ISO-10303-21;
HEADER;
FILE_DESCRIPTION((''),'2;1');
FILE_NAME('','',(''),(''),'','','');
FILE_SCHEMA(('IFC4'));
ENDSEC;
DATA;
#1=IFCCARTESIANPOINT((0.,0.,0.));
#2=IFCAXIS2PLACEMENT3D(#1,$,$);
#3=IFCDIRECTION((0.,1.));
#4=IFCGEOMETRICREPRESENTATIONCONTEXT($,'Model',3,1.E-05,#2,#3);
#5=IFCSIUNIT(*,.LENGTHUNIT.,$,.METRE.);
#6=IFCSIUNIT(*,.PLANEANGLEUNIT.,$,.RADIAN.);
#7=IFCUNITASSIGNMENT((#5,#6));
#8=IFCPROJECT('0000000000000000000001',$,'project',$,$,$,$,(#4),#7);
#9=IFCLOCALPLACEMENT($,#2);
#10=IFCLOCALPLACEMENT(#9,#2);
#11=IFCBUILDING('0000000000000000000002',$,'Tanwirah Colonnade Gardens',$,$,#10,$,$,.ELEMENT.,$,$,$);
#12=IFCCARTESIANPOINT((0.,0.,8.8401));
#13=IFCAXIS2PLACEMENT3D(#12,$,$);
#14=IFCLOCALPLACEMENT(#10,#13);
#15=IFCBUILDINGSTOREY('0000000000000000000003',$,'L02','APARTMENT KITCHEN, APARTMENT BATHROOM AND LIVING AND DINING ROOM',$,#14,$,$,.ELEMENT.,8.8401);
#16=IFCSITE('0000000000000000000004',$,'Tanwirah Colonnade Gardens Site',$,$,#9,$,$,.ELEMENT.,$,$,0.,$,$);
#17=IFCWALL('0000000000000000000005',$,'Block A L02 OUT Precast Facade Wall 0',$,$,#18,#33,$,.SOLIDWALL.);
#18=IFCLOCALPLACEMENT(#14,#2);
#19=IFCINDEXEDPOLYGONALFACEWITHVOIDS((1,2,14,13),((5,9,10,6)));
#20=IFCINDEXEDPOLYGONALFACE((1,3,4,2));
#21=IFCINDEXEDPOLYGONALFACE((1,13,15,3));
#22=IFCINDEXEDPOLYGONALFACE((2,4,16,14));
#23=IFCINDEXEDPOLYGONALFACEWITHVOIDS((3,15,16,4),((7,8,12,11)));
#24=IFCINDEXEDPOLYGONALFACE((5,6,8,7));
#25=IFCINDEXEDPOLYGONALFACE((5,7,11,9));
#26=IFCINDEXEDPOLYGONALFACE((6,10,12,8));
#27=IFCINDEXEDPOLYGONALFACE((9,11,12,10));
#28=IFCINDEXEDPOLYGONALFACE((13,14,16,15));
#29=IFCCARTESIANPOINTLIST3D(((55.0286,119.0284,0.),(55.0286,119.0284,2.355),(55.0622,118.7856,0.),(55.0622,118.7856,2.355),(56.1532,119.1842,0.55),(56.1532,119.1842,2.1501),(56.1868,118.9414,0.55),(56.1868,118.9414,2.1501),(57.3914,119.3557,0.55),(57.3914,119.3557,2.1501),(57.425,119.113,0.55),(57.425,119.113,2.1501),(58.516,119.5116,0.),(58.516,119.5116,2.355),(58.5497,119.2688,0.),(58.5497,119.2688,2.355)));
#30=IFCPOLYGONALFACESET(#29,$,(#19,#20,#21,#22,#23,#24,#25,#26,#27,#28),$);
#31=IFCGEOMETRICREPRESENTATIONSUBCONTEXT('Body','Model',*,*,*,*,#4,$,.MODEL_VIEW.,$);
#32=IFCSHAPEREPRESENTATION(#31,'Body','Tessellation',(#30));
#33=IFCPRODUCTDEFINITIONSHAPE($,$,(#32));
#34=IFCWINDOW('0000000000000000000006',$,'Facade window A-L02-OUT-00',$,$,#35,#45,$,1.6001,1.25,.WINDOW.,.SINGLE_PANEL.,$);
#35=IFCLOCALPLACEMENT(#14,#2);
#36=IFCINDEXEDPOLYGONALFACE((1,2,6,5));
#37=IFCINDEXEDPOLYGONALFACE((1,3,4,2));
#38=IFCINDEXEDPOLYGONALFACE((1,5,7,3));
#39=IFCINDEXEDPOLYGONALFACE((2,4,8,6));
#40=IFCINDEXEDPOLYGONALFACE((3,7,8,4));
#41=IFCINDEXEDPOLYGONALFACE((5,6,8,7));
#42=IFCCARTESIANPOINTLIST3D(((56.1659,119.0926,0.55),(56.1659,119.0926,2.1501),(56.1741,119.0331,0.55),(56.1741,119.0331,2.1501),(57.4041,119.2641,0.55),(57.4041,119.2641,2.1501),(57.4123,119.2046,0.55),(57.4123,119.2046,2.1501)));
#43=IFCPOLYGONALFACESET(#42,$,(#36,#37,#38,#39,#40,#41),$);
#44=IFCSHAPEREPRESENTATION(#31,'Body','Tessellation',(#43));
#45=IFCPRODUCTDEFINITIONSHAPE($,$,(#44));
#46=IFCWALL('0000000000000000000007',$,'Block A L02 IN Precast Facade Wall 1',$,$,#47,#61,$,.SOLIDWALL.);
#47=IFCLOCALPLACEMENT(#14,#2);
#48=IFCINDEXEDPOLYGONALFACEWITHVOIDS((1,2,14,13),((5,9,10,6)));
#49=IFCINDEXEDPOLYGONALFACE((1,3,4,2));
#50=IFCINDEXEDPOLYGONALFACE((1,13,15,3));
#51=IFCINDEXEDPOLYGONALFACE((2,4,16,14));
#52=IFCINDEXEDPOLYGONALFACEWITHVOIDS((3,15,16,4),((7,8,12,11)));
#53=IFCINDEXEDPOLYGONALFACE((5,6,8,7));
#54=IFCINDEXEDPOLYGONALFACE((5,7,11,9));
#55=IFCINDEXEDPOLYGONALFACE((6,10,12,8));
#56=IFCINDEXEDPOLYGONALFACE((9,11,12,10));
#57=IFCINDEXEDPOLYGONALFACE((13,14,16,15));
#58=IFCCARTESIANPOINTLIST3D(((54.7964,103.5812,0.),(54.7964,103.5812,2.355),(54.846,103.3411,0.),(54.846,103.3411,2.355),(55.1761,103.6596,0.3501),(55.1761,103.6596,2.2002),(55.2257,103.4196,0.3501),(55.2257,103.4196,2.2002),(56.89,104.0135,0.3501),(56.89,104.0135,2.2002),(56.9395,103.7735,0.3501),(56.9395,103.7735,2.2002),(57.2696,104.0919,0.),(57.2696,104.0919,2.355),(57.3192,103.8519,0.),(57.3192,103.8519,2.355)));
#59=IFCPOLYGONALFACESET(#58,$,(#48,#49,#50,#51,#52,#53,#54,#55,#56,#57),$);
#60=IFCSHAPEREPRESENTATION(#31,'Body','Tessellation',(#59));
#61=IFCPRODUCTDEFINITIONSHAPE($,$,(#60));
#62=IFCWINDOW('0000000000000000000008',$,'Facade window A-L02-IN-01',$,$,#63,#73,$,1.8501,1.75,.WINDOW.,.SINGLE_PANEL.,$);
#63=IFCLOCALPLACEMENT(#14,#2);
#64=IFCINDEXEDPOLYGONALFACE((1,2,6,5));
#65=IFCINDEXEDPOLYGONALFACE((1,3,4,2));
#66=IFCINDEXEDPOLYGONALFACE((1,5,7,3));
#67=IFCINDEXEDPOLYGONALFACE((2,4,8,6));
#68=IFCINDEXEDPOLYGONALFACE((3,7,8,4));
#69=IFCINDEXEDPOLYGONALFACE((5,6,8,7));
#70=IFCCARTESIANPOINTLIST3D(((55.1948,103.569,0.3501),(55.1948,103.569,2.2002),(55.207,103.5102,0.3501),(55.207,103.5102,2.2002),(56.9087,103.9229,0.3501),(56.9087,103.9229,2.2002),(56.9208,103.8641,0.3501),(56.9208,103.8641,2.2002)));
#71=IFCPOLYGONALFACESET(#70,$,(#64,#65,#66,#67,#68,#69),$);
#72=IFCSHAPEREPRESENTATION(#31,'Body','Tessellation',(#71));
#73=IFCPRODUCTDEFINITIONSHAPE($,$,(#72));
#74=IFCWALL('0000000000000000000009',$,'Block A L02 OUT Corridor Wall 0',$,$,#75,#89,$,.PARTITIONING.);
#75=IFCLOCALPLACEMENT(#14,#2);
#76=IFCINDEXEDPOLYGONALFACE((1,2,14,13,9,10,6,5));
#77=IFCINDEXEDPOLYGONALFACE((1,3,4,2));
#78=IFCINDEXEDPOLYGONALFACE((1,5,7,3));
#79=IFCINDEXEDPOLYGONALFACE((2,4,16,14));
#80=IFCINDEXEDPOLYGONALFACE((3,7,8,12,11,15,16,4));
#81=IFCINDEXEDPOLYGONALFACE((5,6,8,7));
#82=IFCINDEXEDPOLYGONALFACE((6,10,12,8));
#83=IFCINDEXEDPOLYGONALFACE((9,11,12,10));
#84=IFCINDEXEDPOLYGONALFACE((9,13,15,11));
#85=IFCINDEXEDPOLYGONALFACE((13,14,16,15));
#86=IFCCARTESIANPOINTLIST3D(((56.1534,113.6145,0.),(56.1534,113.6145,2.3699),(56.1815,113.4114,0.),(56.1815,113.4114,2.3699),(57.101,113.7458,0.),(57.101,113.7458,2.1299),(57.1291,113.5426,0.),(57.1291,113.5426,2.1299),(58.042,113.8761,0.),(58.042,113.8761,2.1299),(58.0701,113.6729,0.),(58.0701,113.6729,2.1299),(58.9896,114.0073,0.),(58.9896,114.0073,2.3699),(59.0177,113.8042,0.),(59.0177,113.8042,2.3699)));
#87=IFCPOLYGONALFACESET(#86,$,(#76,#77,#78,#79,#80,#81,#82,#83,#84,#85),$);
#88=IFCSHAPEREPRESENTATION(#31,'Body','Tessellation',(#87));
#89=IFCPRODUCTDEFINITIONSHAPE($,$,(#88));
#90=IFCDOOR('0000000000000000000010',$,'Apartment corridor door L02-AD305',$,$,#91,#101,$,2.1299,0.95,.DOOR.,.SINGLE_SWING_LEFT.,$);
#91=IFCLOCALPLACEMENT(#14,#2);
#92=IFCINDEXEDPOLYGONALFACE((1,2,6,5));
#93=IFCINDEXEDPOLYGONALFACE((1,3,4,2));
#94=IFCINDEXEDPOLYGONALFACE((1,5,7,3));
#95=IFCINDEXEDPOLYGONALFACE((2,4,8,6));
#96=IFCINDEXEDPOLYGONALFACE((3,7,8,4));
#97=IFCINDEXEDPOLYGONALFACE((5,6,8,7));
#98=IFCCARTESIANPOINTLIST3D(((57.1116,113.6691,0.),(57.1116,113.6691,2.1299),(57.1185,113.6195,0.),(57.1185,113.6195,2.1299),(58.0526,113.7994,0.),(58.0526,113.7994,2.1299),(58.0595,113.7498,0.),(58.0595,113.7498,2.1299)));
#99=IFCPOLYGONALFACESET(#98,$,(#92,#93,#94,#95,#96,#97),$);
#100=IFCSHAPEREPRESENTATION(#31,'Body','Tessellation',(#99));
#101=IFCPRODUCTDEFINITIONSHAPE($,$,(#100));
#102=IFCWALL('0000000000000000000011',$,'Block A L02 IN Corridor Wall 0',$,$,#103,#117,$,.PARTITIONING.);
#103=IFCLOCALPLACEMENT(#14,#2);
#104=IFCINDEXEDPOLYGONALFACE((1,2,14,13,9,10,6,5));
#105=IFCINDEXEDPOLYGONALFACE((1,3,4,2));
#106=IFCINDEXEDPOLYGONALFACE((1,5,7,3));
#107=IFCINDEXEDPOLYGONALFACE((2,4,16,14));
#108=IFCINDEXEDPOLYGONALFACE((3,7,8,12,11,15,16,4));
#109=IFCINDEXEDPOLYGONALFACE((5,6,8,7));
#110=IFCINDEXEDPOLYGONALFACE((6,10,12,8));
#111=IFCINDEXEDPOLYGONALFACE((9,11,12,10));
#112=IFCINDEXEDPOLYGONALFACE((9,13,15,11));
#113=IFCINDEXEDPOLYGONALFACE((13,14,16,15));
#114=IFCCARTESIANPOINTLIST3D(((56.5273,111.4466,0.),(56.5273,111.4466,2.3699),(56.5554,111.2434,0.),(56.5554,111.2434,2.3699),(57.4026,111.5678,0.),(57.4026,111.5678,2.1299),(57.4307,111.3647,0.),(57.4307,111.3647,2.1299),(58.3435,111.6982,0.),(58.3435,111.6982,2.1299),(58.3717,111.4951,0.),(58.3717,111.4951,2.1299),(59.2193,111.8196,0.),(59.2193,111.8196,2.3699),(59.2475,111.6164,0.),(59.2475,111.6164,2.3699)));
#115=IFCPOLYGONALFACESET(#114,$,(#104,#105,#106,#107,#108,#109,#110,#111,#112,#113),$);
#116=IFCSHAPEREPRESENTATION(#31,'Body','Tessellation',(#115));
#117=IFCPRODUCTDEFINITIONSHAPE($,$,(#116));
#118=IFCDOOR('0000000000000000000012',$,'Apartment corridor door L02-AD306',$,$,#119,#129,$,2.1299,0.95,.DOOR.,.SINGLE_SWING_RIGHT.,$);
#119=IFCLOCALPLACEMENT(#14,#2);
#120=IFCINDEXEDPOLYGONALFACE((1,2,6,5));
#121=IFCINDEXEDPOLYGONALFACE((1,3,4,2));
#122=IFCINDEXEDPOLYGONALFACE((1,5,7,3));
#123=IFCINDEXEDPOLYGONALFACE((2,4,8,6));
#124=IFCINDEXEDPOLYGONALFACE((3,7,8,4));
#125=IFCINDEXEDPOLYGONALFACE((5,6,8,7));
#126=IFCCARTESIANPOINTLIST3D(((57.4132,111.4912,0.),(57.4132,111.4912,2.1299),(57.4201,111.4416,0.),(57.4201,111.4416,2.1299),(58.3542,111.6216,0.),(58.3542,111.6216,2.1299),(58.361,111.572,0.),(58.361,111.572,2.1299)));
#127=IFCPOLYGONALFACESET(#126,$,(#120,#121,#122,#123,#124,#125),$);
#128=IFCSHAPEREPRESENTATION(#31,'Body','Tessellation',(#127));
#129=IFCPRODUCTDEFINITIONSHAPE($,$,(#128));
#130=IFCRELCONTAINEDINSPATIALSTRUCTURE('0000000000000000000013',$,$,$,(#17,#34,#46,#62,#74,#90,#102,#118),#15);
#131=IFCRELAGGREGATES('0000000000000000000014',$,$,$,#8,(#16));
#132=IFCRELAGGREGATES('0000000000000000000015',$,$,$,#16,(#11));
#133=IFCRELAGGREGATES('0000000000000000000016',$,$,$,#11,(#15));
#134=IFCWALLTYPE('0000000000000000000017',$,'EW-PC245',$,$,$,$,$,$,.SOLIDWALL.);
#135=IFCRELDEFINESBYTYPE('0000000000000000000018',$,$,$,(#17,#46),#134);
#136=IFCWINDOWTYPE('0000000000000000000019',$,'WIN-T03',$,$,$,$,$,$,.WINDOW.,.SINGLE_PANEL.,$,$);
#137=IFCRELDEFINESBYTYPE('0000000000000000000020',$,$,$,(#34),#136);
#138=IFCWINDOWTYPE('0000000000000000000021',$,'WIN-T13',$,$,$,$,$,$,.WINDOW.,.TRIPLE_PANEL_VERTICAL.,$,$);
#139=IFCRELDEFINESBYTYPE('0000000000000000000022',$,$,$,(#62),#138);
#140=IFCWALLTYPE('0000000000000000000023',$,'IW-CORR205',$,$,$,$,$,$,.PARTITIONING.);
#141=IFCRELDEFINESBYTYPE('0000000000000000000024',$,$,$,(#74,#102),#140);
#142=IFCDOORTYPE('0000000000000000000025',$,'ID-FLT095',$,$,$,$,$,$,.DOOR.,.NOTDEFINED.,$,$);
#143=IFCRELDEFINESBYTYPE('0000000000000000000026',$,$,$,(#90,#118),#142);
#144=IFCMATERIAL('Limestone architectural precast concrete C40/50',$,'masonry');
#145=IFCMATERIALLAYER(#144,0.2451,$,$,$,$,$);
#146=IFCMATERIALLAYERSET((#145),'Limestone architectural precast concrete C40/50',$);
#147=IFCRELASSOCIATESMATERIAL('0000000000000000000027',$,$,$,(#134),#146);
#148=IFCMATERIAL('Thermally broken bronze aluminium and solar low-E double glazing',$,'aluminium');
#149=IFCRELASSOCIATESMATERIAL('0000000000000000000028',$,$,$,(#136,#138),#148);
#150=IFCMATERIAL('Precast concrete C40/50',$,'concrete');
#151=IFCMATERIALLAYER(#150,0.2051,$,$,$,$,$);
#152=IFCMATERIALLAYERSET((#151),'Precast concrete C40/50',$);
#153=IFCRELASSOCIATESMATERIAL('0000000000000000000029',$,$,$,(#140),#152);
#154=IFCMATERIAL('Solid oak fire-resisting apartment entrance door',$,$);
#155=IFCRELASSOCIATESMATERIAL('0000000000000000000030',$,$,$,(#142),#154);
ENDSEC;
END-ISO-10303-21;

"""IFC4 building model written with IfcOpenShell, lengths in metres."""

from ifc_helpers import new_model, si_unit, direction, frame, frame_2d, origin, place, context, subcontext, project, spatial, rectangle, extrude, material, layer, layer_set, type_object, element, fill, save


model = new_model("IFC4")

# Units and contexts
model_context = context("Model", 3, precision=1e-05, world=origin(), true_north=direction((0.0, 1.0)))
body_context = subcontext(model_context, "Body", "Model", "MODEL_VIEW")
ifc_project = project(units=[si_unit("LENGTHUNIT", "METRE"), si_unit("PLANEANGLEUNIT", "RADIAN")], contexts=[model_context])

# Site, building, storey
site_placement = place(None, origin())
site = spatial("IfcSite", under=ifc_project, at=site_placement, Name="Tanwirah Colonnade Gardens Site", CompositionType="ELEMENT", RefElevation=0.0)
building_placement = place(site_placement, origin())
building = spatial("IfcBuilding", under=site, at=building_placement, Name="Tanwirah Colonnade Gardens", CompositionType="ELEMENT")
storey_placement = place(building_placement, frame((0.0, 0.0, 8.8401)))
storey = spatial("IfcBuildingStorey", under=building, at=storey_placement, Name="L02", Description="APARTMENT KITCHEN, APARTMENT BATHROOM AND LIVING AND DINING ROOM", CompositionType="ELEMENT", Elevation=8.8401)

# Shared definitions
ifc_material_1 = material(Name="Precast concrete C40/50", Category="concrete")

# Walls, openings, windows
ifc_material_2 = material(Name="Limestone architectural precast concrete C40/50", Category="masonry")
ifc_layer_1 = layer(ifc_material_2, 0.2451)
ifc_layer_set_1 = layer_set([ifc_layer_1], Name="Limestone architectural precast concrete C40/50")
wall_type_1 = type_object("IfcWallType", Name="EW-PC245", PredefinedType="SOLIDWALL", material=ifc_layer_set_1)
wall_1_placement = place(storey_placement, frame((58.5327, 119.3901, 0.0), z_axis=(0.0, 0.0, 1.0), x_axis=(-0.99054, -0.137226, 0.0)))
wall_1 = element("IfcWall", 1, at=wall_1_placement, inside=storey, type_object=wall_type_1, Name="Block A L02 OUT Precast Facade Wall 0", PredefinedType="SOLIDWALL", context=body_context, shape_type="SweptSolid", body=[
    extrude(rectangle(XDim=3.5208, YDim=0.2451, at=frame_2d((1.7603, 0.0))), origin(), (0.0, 0.0, 1.0), 2.355),
])
opening_1_placement = place(wall_1_placement, frame((1.1353, 0.0, 0.55)))
opening_1 = element("IfcOpeningElement", 2, at=opening_1_placement, cuts=wall_1, PredefinedType="OPENING", context=body_context, shape_type="SweptSolid", body=[
    extrude(rectangle(XDim=1.25, YDim=1.6001, at=frame_2d((0.625, 0.8))), frame((0.0, 0.1326, 0.0), z_axis=(0.0, -1.0, 0.0), x_axis=(1.0, 0.0, 0.0)), (0.0, 0.0, 1.0), 0.2651),
])
ifc_material_3 = material(Name="Thermally broken bronze aluminium and solar low-E double glazing", Category="aluminium")
window_type_1 = type_object("IfcWindowType", Name="WIN-T03", PartitioningType="SINGLE_PANEL", PredefinedType="WINDOW", material=ifc_material_3)
window_1_placement = place(opening_1_placement, origin())
window_1 = element("IfcWindow", 3, at=window_1_placement, inside=storey, type_object=window_type_1, Name="Facade window A-L02-OUT-00", OverallHeight=1.6001, OverallWidth=1.25, PartitioningType="SINGLE_PANEL", PredefinedType="WINDOW", context=body_context, shape_type="SweptSolid", body=[
    extrude(rectangle(XDim=1.25, YDim=1.6001, at=frame_2d((0.625, 0.8))), frame((0.0, 0.03, 0.0), z_axis=(0.0, -1.0, 0.0), x_axis=(1.0, 0.0, 0.0)), (0.0, 0.0, 1.0), 0.0601),
])
fill(opening_1, window_1)
wall_2_placement = place(storey_placement, frame((57.2944, 103.9719, 0.0), z_axis=(0.0, 0.0, 1.0), x_axis=(-0.979334, -0.202248, 0.0)))
wall_2 = element("IfcWall", 4, at=wall_2_placement, inside=storey, type_object=wall_type_1, Name="Block A L02 IN Precast Facade Wall 1", PredefinedType="SOLIDWALL", context=body_context, shape_type="SweptSolid", body=[
    extrude(rectangle(XDim=2.5254, YDim=0.2451, at=frame_2d((1.2627, 0.0))), origin(), (0.0, 0.0, 1.0), 2.355),
])
opening_2_placement = place(wall_2_placement, frame((0.3877, 0.0, 0.3501)))
opening_2 = element("IfcOpeningElement", 5, at=opening_2_placement, cuts=wall_2, PredefinedType="OPENING", context=body_context, shape_type="SweptSolid", body=[
    extrude(rectangle(XDim=1.75, YDim=1.8501, at=frame_2d((0.875, 0.925))), frame((0.0, 0.1326, 0.0), z_axis=(0.0, -1.0, 0.0), x_axis=(1.0, 0.0, 0.0)), (0.0, 0.0, 1.0), 0.2651),
])
window_type_2 = type_object("IfcWindowType", Name="WIN-T13", PartitioningType="TRIPLE_PANEL_VERTICAL", PredefinedType="WINDOW", material=ifc_material_3)
window_2_placement = place(opening_2_placement, origin())
window_2 = element("IfcWindow", 6, at=window_2_placement, inside=storey, type_object=window_type_2, Name="Facade window A-L02-IN-01", OverallHeight=1.8501, OverallWidth=1.75, PartitioningType="SINGLE_PANEL", PredefinedType="WINDOW", context=body_context, shape_type="SweptSolid", body=[
    extrude(rectangle(XDim=1.75, YDim=1.8501, at=frame_2d((0.875, 0.925))), frame((0.0, 0.03, 0.0), z_axis=(0.0, -1.0, 0.0), x_axis=(1.0, 0.0, 0.0)), (0.0, 0.0, 1.0), 0.0601),
])
fill(opening_2, window_2)

# Walls, openings, doors
ifc_layer_2 = layer(ifc_material_1, 0.2051)
ifc_layer_set_2 = layer_set([ifc_layer_2], Name="Precast concrete C40/50")
wall_type_2 = type_object("IfcWallType", Name="IW-CORR205", PredefinedType="PARTITIONING", material=ifc_layer_set_2)
wall_3_placement = place(storey_placement, frame((59.0037, 113.9058, 0.0), z_axis=(0.0, 0.0, 1.0), x_axis=(-0.990544, -0.137194, 0.0)))
wall_3 = element("IfcWall", 7, at=wall_3_placement, inside=storey, type_object=wall_type_2, Name="Block A L02 OUT Corridor Wall 0", PredefinedType="PARTITIONING", context=body_context, shape_type="SweptSolid", body=[
    extrude(rectangle(XDim=2.8633, YDim=0.2051, at=frame_2d((1.4316, 0.0))), origin(), (0.0, 0.0, 1.0), 2.3699),
])
opening_3_placement = place(wall_3_placement, frame((0.9565, 0.0, 0.0)))
opening_3 = element("IfcOpeningElement", 8, at=opening_3_placement, cuts=wall_3, PredefinedType="OPENING", context=body_context, shape_type="SweptSolid", body=[
    extrude(rectangle(XDim=0.95, YDim=2.1299, at=frame_2d((0.4751, 1.0649))), frame((0.0, 0.1125, 0.0), z_axis=(0.0, -1.0, 0.0), x_axis=(1.0, 0.0, 0.0)), (0.0, 0.0, 1.0), 0.2251),
])
ifc_material_4 = material(Name="Solid oak fire-resisting apartment entrance door")
door_type = type_object("IfcDoorType", Name="ID-FLT095", OperationType="NOTDEFINED", PredefinedType="DOOR", material=ifc_material_4)
door_1_placement = place(opening_3_placement, origin())
door_1 = element("IfcDoor", 9, at=door_1_placement, inside=storey, type_object=door_type, Name="Apartment corridor door L02-AD305", OperationType="SINGLE_SWING_LEFT", OverallHeight=2.1299, OverallWidth=0.95, PredefinedType="DOOR", context=body_context, shape_type="SweptSolid", body=[
    extrude(rectangle(XDim=0.95, YDim=2.1299, at=frame_2d((0.4751, 1.0649))), frame((0.0, 0.0249, 0.0), z_axis=(0.0, -1.0, 0.0), x_axis=(1.0, 0.0, 0.0)), (0.0, 0.0, 1.0), 0.05),
])
fill(opening_3, door_1)
wall_4_placement = place(storey_placement, frame((59.2334, 111.718, 0.0), z_axis=(0.0, 0.0, 1.0), x_axis=(-0.990535, -0.137257, 0.0)))
wall_4 = element("IfcWall", 10, at=wall_4_placement, inside=storey, type_object=wall_type_2, Name="Block A L02 IN Corridor Wall 0", PredefinedType="PARTITIONING", context=body_context, shape_type="SweptSolid", body=[
    extrude(rectangle(XDim=2.7178, YDim=0.2051, at=frame_2d((1.3589, 0.0))), origin(), (0.0, 0.0, 1.0), 2.3699),
])
opening_4_placement = place(wall_4_placement, frame((0.884, 0.0, 0.0)))
opening_4 = element("IfcOpeningElement", 11, at=opening_4_placement, cuts=wall_4, PredefinedType="OPENING", context=body_context, shape_type="SweptSolid", body=[
    extrude(rectangle(XDim=0.95, YDim=2.1299, at=frame_2d((0.4751, 1.0649))), frame((0.0, 0.1125, 0.0), z_axis=(0.0, -1.0, 0.0), x_axis=(1.0, 0.0, 0.0)), (0.0, 0.0, 1.0), 0.2251),
])
door_2_placement = place(opening_4_placement, origin())
door_2 = element("IfcDoor", 12, at=door_2_placement, inside=storey, type_object=door_type, Name="Apartment corridor door L02-AD306", OperationType="SINGLE_SWING_RIGHT", OverallHeight=2.1299, OverallWidth=0.95, PredefinedType="DOOR", context=body_context, shape_type="SweptSolid", body=[
    extrude(rectangle(XDim=0.95, YDim=2.1299, at=frame_2d((0.4751, 1.0649))), frame((0.0, 0.0249, 0.0), z_axis=(0.0, -1.0, 0.0), x_axis=(1.0, 0.0, 0.0)), (0.0, 0.0, 1.0), 0.05),
])
fill(opening_4, door_2)

save(model, "model.ifc")
